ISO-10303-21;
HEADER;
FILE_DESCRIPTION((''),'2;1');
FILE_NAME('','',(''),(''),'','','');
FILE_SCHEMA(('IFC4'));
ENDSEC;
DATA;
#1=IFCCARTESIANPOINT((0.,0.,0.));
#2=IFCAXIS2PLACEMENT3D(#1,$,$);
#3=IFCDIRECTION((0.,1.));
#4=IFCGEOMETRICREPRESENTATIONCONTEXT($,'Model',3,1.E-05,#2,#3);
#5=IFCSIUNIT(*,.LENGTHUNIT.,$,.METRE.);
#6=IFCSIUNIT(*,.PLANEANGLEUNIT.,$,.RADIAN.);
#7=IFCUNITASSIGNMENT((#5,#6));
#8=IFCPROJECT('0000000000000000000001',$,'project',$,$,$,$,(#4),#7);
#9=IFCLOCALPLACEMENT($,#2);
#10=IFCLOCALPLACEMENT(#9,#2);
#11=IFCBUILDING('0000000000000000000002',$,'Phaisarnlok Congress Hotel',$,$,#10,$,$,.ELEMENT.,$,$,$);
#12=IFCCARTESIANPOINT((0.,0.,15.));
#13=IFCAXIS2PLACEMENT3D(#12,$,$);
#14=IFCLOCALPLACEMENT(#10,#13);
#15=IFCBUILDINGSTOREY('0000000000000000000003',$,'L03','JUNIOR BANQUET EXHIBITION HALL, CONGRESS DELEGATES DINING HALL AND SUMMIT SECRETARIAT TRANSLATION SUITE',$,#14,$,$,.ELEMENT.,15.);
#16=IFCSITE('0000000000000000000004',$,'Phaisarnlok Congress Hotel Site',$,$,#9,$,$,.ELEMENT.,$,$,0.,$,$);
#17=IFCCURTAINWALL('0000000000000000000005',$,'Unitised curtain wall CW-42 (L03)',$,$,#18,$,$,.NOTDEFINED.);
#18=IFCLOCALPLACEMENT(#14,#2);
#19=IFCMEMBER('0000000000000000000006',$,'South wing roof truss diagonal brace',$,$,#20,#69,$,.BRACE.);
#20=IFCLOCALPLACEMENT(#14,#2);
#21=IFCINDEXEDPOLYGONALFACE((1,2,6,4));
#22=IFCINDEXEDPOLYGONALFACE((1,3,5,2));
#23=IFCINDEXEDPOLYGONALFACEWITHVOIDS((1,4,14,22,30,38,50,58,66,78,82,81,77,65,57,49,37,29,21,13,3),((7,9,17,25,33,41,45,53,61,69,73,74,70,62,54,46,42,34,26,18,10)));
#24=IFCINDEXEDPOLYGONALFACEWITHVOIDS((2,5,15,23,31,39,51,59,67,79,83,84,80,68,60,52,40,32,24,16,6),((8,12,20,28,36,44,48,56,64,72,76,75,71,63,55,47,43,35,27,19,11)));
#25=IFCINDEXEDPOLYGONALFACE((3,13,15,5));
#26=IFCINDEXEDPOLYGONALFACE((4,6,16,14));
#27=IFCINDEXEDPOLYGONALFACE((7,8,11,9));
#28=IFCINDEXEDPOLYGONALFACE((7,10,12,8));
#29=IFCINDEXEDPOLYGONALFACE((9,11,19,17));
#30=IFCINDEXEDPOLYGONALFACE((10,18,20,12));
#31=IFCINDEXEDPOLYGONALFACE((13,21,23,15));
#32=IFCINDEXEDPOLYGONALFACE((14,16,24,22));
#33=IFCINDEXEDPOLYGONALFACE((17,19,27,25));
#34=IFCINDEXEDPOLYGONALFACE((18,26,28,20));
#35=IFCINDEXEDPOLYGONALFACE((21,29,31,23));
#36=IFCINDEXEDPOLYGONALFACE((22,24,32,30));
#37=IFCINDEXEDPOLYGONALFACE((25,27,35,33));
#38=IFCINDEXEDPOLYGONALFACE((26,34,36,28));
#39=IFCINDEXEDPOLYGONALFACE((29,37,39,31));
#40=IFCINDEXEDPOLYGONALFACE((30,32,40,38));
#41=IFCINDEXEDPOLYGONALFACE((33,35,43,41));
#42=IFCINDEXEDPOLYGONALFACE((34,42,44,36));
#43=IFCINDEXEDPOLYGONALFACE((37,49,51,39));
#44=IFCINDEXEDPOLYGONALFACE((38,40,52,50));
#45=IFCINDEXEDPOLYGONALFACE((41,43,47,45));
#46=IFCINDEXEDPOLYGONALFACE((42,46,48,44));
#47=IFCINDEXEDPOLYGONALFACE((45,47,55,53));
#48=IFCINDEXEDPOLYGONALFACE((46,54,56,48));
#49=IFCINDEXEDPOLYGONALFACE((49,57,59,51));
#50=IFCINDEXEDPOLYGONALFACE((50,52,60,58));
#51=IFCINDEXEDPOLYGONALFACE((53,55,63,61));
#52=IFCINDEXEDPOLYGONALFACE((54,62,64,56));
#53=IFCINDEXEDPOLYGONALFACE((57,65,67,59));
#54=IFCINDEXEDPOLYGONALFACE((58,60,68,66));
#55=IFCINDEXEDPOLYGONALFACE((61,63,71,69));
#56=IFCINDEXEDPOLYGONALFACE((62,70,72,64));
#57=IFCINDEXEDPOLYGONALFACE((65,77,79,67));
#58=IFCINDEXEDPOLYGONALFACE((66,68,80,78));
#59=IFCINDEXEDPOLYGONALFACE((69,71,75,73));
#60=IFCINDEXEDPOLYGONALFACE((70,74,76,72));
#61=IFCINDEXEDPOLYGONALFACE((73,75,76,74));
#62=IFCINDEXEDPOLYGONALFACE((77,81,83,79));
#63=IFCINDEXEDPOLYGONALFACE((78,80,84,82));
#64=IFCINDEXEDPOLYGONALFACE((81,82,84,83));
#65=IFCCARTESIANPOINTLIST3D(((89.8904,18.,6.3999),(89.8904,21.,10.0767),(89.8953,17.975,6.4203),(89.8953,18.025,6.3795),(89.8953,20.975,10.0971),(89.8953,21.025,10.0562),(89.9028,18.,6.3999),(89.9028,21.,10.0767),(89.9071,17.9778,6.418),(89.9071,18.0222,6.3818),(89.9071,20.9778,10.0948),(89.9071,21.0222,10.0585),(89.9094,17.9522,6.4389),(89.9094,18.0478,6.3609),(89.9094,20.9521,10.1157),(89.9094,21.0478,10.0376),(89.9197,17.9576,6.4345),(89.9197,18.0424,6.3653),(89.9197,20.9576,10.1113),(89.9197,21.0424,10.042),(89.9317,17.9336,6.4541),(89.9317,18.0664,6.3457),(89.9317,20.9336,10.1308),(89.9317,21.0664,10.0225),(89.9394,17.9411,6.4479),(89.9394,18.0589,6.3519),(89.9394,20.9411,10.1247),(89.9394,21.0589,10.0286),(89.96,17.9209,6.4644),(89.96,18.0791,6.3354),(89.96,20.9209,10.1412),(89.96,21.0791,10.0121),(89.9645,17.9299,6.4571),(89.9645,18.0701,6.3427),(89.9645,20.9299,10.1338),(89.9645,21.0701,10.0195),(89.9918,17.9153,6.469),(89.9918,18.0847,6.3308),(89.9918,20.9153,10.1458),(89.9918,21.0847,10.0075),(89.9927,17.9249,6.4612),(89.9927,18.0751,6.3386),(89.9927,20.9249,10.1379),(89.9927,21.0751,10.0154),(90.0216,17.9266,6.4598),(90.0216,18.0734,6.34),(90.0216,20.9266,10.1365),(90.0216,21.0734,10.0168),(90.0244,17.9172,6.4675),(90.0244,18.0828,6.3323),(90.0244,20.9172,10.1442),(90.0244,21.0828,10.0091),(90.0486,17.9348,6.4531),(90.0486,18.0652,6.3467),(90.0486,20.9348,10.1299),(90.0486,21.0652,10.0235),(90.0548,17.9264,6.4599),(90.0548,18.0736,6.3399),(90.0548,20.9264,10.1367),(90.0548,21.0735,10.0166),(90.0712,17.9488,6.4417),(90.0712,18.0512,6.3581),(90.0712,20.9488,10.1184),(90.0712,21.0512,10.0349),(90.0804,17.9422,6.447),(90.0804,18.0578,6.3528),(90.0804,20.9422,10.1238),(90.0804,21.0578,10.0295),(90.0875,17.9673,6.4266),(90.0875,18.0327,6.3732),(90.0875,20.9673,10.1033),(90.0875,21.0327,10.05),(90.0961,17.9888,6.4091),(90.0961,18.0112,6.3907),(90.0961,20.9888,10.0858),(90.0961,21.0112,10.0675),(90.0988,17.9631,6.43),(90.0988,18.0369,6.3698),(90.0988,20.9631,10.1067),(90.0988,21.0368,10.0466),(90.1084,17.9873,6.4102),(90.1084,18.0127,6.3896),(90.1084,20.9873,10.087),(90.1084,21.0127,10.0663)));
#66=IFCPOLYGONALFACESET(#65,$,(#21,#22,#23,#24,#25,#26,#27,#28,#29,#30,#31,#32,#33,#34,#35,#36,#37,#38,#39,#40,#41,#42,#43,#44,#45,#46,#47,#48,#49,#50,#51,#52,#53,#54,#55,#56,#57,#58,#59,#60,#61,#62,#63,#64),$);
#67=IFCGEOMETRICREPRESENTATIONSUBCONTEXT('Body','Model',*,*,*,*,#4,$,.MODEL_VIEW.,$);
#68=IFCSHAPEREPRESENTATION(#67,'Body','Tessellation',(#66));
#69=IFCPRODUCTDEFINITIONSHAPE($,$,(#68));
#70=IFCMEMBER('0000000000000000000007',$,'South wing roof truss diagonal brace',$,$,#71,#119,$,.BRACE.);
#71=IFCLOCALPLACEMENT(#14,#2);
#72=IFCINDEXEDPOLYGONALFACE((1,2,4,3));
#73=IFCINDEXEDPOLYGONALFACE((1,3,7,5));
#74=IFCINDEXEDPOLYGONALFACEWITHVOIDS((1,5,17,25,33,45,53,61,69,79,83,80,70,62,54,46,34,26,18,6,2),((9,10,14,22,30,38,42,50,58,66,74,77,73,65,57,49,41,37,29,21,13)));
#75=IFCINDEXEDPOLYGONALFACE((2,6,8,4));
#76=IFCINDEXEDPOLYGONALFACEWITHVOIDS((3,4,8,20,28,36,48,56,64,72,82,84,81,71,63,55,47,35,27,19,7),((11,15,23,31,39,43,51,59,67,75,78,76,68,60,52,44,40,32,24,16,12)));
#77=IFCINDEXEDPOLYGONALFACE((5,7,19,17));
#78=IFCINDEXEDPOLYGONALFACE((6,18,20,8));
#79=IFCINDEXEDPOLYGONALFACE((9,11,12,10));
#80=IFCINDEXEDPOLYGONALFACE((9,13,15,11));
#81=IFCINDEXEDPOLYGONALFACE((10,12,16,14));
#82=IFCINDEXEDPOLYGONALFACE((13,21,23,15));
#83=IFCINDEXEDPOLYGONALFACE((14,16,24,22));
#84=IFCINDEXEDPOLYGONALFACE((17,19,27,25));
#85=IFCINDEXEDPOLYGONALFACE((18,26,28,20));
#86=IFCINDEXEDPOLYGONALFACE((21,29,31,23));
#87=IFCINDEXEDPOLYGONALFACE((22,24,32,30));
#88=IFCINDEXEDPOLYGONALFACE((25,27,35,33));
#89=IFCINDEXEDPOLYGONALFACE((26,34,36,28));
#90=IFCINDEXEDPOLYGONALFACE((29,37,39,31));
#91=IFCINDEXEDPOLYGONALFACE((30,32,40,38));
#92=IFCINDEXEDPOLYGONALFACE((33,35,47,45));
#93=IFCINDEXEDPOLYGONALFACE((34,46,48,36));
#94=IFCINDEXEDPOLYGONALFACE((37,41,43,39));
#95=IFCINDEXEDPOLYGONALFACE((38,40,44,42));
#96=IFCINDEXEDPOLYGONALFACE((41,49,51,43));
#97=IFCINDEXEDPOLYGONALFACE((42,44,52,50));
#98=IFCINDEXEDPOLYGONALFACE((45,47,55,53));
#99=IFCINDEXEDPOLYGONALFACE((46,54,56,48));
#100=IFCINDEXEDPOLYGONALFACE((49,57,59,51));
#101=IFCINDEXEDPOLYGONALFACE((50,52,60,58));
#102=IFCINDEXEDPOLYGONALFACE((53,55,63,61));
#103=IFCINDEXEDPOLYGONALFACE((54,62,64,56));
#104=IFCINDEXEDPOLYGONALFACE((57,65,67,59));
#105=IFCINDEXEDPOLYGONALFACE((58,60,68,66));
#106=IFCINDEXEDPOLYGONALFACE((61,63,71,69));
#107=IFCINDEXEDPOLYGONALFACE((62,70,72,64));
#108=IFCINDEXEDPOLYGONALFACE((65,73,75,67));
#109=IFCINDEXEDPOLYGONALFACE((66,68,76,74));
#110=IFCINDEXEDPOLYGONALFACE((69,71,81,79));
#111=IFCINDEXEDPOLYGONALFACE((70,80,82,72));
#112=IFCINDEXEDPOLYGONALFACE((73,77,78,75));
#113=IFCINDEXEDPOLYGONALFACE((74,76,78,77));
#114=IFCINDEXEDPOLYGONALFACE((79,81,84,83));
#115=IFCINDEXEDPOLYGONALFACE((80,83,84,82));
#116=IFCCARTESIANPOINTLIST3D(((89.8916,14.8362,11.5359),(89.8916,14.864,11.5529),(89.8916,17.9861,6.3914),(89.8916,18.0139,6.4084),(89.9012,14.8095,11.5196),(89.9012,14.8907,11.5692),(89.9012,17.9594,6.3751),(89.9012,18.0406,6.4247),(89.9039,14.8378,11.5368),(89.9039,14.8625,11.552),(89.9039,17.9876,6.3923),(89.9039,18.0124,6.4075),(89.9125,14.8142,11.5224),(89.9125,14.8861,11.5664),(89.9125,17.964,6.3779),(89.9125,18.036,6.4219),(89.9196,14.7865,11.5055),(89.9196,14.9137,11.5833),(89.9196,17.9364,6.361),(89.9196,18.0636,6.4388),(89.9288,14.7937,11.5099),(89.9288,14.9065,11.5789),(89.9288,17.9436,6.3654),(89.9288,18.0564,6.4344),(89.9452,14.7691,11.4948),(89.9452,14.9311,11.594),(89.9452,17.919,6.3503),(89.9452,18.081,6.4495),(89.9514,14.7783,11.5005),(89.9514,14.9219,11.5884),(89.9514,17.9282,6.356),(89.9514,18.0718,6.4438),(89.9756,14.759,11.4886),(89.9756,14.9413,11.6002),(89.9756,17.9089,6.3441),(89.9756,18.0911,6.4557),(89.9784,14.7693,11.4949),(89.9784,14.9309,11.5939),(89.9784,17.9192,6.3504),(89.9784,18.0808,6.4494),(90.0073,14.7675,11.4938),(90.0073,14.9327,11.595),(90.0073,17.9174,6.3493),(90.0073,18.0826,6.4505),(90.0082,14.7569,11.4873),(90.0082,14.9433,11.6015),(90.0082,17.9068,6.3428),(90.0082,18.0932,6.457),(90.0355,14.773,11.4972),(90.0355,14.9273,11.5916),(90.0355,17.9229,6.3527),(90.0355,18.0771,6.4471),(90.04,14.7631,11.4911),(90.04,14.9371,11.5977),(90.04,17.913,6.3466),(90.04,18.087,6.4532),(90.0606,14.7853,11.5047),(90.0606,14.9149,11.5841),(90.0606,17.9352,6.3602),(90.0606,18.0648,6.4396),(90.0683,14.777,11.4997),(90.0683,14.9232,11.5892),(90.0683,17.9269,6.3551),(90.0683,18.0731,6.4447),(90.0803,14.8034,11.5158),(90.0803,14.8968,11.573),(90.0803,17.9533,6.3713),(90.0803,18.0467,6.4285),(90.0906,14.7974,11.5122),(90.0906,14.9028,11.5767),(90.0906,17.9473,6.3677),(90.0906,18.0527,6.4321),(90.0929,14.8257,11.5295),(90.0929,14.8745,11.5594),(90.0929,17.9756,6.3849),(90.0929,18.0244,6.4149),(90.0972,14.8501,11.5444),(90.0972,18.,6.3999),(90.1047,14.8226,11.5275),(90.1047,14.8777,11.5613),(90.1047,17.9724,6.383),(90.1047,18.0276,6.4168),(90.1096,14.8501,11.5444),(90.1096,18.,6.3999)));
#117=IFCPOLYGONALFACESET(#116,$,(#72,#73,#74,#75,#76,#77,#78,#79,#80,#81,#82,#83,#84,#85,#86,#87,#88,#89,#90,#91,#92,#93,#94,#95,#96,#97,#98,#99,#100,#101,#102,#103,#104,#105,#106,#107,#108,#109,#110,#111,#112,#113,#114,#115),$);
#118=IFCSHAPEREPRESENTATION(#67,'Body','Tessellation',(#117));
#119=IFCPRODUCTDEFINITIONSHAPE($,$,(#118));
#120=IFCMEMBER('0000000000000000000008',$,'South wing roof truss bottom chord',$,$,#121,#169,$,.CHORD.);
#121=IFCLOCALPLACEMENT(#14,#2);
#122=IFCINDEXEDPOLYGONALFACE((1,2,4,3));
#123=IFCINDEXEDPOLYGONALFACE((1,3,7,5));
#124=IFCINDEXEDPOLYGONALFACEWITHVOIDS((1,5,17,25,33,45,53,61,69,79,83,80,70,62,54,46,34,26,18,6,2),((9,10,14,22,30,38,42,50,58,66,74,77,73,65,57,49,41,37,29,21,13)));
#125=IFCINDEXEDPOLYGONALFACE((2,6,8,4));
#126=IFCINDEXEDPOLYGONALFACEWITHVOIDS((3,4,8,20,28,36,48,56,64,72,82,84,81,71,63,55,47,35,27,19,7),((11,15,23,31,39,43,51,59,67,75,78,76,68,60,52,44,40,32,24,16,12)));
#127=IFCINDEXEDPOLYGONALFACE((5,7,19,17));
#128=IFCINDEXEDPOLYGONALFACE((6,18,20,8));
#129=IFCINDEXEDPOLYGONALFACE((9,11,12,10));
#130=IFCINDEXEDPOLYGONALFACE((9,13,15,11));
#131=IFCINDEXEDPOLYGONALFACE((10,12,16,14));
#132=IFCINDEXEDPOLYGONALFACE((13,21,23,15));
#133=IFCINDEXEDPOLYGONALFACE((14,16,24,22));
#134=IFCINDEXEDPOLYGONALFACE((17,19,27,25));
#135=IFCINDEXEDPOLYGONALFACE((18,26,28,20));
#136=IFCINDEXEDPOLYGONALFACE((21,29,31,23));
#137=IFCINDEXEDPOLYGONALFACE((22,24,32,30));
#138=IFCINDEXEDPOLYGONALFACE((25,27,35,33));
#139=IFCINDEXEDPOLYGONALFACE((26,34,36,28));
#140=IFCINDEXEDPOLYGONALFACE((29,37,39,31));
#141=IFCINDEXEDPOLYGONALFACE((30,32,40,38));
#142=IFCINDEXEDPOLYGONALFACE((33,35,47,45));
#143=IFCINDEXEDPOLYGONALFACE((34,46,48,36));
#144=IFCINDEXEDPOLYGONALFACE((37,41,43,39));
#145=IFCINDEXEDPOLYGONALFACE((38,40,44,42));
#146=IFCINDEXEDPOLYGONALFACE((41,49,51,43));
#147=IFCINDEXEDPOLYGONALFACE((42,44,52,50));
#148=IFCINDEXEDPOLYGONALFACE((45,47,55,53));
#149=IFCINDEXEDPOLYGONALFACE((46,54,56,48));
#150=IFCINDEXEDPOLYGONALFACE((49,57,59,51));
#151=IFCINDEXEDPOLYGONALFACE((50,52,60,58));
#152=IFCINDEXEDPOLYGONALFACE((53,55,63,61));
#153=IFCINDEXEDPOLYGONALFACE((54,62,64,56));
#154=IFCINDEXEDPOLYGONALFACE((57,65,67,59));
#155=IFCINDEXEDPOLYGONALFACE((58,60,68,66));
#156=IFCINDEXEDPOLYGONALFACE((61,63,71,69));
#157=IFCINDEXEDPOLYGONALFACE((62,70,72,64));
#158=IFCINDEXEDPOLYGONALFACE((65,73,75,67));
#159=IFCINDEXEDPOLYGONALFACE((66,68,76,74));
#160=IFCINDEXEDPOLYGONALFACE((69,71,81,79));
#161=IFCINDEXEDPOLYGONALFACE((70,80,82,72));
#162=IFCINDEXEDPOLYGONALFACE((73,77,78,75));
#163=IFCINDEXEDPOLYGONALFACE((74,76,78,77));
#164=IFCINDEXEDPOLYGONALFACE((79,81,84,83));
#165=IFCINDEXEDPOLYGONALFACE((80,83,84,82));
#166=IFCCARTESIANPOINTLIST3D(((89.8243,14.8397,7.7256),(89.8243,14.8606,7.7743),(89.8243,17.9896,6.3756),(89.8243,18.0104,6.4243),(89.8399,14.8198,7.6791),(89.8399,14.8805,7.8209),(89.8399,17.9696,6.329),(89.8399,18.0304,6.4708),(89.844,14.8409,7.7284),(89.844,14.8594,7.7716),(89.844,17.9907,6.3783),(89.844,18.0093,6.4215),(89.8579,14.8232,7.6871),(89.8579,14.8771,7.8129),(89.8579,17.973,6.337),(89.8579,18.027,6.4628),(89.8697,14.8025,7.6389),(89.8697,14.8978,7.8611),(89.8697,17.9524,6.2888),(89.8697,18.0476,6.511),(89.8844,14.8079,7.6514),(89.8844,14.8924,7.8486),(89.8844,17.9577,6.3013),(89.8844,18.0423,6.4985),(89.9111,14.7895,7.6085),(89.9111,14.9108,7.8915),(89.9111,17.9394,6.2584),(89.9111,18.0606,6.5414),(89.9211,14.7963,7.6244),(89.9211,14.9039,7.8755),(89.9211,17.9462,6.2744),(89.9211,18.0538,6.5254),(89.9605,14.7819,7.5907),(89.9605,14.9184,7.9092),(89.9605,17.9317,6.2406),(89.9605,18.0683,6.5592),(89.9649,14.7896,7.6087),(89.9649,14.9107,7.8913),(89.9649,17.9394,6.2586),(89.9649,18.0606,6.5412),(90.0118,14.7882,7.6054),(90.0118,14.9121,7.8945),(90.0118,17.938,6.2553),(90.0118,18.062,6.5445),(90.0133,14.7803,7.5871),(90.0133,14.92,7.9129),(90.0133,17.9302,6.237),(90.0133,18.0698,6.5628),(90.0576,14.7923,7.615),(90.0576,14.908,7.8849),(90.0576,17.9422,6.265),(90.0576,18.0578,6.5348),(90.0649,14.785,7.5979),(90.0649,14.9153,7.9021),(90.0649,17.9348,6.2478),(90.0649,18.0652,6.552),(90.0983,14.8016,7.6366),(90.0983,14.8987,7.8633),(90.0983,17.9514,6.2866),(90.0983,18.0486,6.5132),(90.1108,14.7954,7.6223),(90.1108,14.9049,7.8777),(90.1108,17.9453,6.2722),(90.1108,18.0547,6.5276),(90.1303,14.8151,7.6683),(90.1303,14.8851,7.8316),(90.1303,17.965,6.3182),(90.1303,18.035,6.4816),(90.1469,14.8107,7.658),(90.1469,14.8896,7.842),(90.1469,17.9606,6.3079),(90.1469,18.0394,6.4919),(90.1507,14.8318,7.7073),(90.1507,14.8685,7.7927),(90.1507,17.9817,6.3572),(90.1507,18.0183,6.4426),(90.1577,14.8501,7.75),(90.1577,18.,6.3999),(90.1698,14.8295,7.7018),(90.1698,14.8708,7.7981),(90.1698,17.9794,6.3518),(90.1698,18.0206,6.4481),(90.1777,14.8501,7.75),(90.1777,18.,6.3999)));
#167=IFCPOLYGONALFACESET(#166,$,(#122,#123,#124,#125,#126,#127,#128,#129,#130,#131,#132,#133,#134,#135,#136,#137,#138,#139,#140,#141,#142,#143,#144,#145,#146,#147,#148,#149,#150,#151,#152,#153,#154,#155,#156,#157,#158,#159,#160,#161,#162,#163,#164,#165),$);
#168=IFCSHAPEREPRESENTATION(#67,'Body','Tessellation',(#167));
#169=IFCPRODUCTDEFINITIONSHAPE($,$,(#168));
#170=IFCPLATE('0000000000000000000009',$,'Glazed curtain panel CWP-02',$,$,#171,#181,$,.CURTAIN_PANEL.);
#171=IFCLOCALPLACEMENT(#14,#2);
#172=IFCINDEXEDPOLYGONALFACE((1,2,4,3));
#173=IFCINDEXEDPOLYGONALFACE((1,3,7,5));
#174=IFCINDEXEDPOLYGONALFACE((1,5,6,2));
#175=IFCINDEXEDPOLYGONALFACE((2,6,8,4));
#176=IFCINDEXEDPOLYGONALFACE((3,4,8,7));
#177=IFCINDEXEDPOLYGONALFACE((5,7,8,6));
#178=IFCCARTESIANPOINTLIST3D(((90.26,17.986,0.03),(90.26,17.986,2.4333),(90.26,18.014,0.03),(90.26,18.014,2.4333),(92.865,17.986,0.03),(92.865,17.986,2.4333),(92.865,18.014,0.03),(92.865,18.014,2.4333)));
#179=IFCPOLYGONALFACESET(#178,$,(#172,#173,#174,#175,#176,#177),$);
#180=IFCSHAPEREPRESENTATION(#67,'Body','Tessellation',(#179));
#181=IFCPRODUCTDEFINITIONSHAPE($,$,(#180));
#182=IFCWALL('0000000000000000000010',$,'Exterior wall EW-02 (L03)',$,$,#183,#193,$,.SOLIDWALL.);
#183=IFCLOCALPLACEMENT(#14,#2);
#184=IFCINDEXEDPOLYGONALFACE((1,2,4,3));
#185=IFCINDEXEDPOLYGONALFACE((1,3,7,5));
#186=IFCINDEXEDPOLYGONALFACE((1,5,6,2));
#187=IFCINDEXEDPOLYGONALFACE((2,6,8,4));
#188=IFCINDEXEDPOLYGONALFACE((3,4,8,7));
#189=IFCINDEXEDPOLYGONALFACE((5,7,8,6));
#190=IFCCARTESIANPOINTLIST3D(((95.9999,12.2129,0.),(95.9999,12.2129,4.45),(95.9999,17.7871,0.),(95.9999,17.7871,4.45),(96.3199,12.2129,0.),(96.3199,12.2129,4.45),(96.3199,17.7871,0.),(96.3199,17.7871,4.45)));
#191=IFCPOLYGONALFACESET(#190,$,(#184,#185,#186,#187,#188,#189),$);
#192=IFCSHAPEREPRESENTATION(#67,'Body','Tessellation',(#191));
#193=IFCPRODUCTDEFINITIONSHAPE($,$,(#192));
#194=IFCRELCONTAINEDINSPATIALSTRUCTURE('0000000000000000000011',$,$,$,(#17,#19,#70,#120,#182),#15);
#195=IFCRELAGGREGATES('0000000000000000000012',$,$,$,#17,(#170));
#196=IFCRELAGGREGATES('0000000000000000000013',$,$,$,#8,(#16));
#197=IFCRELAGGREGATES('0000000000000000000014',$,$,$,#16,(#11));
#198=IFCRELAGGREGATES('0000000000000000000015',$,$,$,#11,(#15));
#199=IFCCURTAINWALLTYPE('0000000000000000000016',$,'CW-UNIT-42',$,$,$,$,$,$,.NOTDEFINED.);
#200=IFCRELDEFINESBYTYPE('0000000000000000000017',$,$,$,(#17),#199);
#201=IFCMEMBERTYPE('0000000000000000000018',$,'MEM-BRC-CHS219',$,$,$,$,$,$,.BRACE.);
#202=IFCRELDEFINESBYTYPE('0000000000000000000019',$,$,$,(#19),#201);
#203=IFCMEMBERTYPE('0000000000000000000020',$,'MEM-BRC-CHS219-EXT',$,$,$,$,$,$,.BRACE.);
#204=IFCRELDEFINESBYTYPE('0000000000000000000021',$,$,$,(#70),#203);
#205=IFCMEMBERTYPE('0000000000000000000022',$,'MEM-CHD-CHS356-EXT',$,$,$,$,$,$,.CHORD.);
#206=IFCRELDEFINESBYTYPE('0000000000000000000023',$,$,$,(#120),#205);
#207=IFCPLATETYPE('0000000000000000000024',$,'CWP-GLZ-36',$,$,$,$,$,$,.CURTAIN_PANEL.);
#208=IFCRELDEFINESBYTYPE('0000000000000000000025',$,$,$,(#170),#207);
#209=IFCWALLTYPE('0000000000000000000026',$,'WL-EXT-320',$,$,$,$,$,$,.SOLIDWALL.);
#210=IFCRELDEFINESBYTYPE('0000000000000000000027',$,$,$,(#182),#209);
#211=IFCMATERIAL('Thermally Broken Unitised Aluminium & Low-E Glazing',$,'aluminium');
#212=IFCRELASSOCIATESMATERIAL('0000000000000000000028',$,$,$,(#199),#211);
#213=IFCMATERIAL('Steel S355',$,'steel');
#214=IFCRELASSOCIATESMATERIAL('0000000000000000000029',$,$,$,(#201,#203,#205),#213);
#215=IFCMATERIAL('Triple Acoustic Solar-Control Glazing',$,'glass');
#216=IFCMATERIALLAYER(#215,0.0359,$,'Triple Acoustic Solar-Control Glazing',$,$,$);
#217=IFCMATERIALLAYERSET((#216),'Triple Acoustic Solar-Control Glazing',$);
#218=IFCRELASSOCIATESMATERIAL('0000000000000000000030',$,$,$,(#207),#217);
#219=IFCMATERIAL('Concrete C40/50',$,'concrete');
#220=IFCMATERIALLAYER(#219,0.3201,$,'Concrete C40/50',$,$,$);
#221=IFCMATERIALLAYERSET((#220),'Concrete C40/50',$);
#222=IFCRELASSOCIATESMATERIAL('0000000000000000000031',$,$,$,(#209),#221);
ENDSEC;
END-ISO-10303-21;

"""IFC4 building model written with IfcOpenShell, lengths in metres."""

from ifc_helpers import new_model, si_unit, direction, frame, frame_2d, origin, origin_2d, place, context, subcontext, project, spatial, rectangle, hollow_circle, extrude, material, layer, layer_set, material_profile, profile_set, type_object, element, aggregate, save


model = new_model("IFC4")

# Units and contexts
model_context = context("Model", 3, precision=1e-05, world=origin(), true_north=direction((0.0, 1.0)))
body_context = subcontext(model_context, "Body", "Model", "MODEL_VIEW")
ifc_project = project(units=[si_unit("LENGTHUNIT", "METRE"), si_unit("PLANEANGLEUNIT", "RADIAN")], contexts=[model_context])

# Site, building, storey
site_placement = place(None, origin())
site = spatial("IfcSite", under=ifc_project, at=site_placement, Name="Phaisarnlok Congress Hotel Site", CompositionType="ELEMENT", RefElevation=0.0)
building_placement = place(site_placement, origin())
building = spatial("IfcBuilding", under=site, at=building_placement, Name="Phaisarnlok Congress Hotel", CompositionType="ELEMENT")
storey_placement = place(building_placement, frame((0.0, 0.0, 15.0)))
storey = spatial("IfcBuildingStorey", under=building, at=storey_placement, Name="L03", Description="JUNIOR BANQUET EXHIBITION HALL, CONGRESS DELEGATES DINING HALL AND SUMMIT SECRETARIAT TRANSLATION SUITE", CompositionType="ELEMENT", Elevation=15.0)

# Shared definitions
ifc_material_1 = material(Name="Steel S355", Category="steel")

# Curtain wall
ifc_material_2 = material(Name="Thermally Broken Unitised Aluminium & Low-E Glazing", Category="aluminium")
curtain_wall_type = type_object("IfcCurtainWallType", Name="CW-UNIT-42", PredefinedType="NOTDEFINED", material=ifc_material_2)
curtain_wall_placement = place(storey_placement, origin())
curtain_wall = element("IfcCurtainWall", 1, at=curtain_wall_placement, inside=storey, type_object=curtain_wall_type, Name="Unitised curtain wall CW-42 (L03)", PredefinedType="NOTDEFINED")

# Members
ifc_material_profile_1 = material_profile(ifc_material_1, hollow_circle(Radius=0.1096, WallThickness=0.0125, at=origin_2d()), Name="CHS 219.1x12.5")
ifc_profile_set_1 = profile_set([ifc_material_profile_1], Name="Steel S355")
member_type_1 = type_object("IfcMemberType", Name="MEM-BRC-CHS219", PredefinedType="BRACE", material=ifc_profile_set_1)
member_1_placement = place(storey_placement, frame((90.0, 18.0, 6.3999), z_axis=(0.0, 0.632195, 0.774809), x_axis=(-1.0, 0.0, 0.0)))
element("IfcMember", 2, at=member_1_placement, inside=storey, type_object=member_type_1, Name="South wing roof truss diagonal brace", PredefinedType="BRACE", context=body_context, shape_type="SweptSolid", body=[
    extrude(hollow_circle(Radius=0.1096, WallThickness=0.0125, at=origin_2d()), origin(), (0.0, 0.0, 1.0), 4.7454),
])
ifc_material_profile_2 = material_profile(ifc_material_1, hollow_circle(Radius=0.1096, WallThickness=0.0125, at=origin_2d()), Name="CHS 219.1x12.5")
ifc_profile_set_2 = profile_set([ifc_material_profile_2], Name="Steel S355")
member_type_2 = type_object("IfcMemberType", Name="MEM-BRC-CHS219-EXT", PredefinedType="BRACE", material=ifc_profile_set_2)
member_2_placement = place(storey_placement, frame((90.0, 18.0, 6.3999), z_axis=(0.0, -0.522177, 0.852837), x_axis=(1.0, 0.0, 0.0)))
element("IfcMember", 3, at=member_2_placement, inside=storey, type_object=member_type_2, Name="South wing roof truss diagonal brace", PredefinedType="BRACE", context=body_context, shape_type="SweptSolid", body=[
    extrude(hollow_circle(Radius=0.1096, WallThickness=0.0125, at=origin_2d()), origin(), (0.0, 0.0, 1.0), 6.0322),
])
ifc_material_profile_3 = material_profile(ifc_material_1, hollow_circle(Radius=0.1777, WallThickness=0.02, at=origin_2d()), Name="CHS 355.6x20")
ifc_profile_set_3 = profile_set([ifc_material_profile_3], Name="Steel S355")
member_type_3 = type_object("IfcMemberType", Name="MEM-CHD-CHS356-EXT", PredefinedType="CHORD", material=ifc_profile_set_3)
member_3_placement = place(storey_placement, frame((90.0, 18.0, 6.3999), z_axis=(0.0, -0.91913, 0.393954), x_axis=(1.0, 0.0, 0.0)))
element("IfcMember", 4, at=member_3_placement, inside=storey, type_object=member_type_3, Name="South wing roof truss bottom chord", PredefinedType="CHORD", context=body_context, shape_type="SweptSolid", body=[
    extrude(hollow_circle(Radius=0.1777, WallThickness=0.02, at=origin_2d()), origin(), (0.0, 0.0, 1.0), 3.427),
])

# Plate
ifc_material_3 = material(Name="Triple Acoustic Solar-Control Glazing", Category="glass")
ifc_layer_1 = layer(ifc_material_3, 0.0359, Name="Triple Acoustic Solar-Control Glazing")
ifc_layer_set_1 = layer_set([ifc_layer_1], Name="Triple Acoustic Solar-Control Glazing")
plate_type = type_object("IfcPlateType", Name="CWP-GLZ-36", PredefinedType="CURTAIN_PANEL", material=ifc_layer_set_1)
plate_placement = place(storey_placement, frame((90.26, 18.0, 0.03), z_axis=(0.0, 0.0, 1.0), x_axis=(1.0, 0.0, 0.0)))
plate = element("IfcPlate", 5, at=plate_placement, type_object=plate_type, Name="Glazed curtain panel CWP-02", PredefinedType="CURTAIN_PANEL", context=body_context, shape_type="SweptSolid", body=[
    extrude(rectangle(XDim=2.605, YDim=0.0281, at=frame_2d((1.3025, 0.0))), origin(), (0.0, 0.0, 1.0), 2.4033),
])
aggregate(curtain_wall, [plate])

# Wall
ifc_material_4 = material(Name="Concrete C40/50", Category="concrete")
ifc_layer_2 = layer(ifc_material_4, 0.3201, Name="Concrete C40/50")
ifc_layer_set_2 = layer_set([ifc_layer_2], Name="Concrete C40/50")
wall_type = type_object("IfcWallType", Name="WL-EXT-320", PredefinedType="SOLIDWALL", material=ifc_layer_set_2)
for number, where, z_axis, x_axis, name in (
    (6, (96.1599, 17.7871, 0.0), (0.0, 0.0, 1.0), (0.0, -1.0, 0.0), "Exterior wall EW-02 (L03)"),
):
    element("IfcWall", number, at=place(storey_placement, frame(where, z_axis=z_axis, x_axis=x_axis)), inside=storey, type_object=wall_type, Name=name, PredefinedType="SOLIDWALL", context=body_context, shape_type="SweptSolid", body=[
        extrude(rectangle(XDim=5.5742, YDim=0.3201, at=frame_2d((2.7871, 0.0))), origin(), (0.0, 0.0, 1.0), 4.45),
    ])

save(model, "model.ifc")
